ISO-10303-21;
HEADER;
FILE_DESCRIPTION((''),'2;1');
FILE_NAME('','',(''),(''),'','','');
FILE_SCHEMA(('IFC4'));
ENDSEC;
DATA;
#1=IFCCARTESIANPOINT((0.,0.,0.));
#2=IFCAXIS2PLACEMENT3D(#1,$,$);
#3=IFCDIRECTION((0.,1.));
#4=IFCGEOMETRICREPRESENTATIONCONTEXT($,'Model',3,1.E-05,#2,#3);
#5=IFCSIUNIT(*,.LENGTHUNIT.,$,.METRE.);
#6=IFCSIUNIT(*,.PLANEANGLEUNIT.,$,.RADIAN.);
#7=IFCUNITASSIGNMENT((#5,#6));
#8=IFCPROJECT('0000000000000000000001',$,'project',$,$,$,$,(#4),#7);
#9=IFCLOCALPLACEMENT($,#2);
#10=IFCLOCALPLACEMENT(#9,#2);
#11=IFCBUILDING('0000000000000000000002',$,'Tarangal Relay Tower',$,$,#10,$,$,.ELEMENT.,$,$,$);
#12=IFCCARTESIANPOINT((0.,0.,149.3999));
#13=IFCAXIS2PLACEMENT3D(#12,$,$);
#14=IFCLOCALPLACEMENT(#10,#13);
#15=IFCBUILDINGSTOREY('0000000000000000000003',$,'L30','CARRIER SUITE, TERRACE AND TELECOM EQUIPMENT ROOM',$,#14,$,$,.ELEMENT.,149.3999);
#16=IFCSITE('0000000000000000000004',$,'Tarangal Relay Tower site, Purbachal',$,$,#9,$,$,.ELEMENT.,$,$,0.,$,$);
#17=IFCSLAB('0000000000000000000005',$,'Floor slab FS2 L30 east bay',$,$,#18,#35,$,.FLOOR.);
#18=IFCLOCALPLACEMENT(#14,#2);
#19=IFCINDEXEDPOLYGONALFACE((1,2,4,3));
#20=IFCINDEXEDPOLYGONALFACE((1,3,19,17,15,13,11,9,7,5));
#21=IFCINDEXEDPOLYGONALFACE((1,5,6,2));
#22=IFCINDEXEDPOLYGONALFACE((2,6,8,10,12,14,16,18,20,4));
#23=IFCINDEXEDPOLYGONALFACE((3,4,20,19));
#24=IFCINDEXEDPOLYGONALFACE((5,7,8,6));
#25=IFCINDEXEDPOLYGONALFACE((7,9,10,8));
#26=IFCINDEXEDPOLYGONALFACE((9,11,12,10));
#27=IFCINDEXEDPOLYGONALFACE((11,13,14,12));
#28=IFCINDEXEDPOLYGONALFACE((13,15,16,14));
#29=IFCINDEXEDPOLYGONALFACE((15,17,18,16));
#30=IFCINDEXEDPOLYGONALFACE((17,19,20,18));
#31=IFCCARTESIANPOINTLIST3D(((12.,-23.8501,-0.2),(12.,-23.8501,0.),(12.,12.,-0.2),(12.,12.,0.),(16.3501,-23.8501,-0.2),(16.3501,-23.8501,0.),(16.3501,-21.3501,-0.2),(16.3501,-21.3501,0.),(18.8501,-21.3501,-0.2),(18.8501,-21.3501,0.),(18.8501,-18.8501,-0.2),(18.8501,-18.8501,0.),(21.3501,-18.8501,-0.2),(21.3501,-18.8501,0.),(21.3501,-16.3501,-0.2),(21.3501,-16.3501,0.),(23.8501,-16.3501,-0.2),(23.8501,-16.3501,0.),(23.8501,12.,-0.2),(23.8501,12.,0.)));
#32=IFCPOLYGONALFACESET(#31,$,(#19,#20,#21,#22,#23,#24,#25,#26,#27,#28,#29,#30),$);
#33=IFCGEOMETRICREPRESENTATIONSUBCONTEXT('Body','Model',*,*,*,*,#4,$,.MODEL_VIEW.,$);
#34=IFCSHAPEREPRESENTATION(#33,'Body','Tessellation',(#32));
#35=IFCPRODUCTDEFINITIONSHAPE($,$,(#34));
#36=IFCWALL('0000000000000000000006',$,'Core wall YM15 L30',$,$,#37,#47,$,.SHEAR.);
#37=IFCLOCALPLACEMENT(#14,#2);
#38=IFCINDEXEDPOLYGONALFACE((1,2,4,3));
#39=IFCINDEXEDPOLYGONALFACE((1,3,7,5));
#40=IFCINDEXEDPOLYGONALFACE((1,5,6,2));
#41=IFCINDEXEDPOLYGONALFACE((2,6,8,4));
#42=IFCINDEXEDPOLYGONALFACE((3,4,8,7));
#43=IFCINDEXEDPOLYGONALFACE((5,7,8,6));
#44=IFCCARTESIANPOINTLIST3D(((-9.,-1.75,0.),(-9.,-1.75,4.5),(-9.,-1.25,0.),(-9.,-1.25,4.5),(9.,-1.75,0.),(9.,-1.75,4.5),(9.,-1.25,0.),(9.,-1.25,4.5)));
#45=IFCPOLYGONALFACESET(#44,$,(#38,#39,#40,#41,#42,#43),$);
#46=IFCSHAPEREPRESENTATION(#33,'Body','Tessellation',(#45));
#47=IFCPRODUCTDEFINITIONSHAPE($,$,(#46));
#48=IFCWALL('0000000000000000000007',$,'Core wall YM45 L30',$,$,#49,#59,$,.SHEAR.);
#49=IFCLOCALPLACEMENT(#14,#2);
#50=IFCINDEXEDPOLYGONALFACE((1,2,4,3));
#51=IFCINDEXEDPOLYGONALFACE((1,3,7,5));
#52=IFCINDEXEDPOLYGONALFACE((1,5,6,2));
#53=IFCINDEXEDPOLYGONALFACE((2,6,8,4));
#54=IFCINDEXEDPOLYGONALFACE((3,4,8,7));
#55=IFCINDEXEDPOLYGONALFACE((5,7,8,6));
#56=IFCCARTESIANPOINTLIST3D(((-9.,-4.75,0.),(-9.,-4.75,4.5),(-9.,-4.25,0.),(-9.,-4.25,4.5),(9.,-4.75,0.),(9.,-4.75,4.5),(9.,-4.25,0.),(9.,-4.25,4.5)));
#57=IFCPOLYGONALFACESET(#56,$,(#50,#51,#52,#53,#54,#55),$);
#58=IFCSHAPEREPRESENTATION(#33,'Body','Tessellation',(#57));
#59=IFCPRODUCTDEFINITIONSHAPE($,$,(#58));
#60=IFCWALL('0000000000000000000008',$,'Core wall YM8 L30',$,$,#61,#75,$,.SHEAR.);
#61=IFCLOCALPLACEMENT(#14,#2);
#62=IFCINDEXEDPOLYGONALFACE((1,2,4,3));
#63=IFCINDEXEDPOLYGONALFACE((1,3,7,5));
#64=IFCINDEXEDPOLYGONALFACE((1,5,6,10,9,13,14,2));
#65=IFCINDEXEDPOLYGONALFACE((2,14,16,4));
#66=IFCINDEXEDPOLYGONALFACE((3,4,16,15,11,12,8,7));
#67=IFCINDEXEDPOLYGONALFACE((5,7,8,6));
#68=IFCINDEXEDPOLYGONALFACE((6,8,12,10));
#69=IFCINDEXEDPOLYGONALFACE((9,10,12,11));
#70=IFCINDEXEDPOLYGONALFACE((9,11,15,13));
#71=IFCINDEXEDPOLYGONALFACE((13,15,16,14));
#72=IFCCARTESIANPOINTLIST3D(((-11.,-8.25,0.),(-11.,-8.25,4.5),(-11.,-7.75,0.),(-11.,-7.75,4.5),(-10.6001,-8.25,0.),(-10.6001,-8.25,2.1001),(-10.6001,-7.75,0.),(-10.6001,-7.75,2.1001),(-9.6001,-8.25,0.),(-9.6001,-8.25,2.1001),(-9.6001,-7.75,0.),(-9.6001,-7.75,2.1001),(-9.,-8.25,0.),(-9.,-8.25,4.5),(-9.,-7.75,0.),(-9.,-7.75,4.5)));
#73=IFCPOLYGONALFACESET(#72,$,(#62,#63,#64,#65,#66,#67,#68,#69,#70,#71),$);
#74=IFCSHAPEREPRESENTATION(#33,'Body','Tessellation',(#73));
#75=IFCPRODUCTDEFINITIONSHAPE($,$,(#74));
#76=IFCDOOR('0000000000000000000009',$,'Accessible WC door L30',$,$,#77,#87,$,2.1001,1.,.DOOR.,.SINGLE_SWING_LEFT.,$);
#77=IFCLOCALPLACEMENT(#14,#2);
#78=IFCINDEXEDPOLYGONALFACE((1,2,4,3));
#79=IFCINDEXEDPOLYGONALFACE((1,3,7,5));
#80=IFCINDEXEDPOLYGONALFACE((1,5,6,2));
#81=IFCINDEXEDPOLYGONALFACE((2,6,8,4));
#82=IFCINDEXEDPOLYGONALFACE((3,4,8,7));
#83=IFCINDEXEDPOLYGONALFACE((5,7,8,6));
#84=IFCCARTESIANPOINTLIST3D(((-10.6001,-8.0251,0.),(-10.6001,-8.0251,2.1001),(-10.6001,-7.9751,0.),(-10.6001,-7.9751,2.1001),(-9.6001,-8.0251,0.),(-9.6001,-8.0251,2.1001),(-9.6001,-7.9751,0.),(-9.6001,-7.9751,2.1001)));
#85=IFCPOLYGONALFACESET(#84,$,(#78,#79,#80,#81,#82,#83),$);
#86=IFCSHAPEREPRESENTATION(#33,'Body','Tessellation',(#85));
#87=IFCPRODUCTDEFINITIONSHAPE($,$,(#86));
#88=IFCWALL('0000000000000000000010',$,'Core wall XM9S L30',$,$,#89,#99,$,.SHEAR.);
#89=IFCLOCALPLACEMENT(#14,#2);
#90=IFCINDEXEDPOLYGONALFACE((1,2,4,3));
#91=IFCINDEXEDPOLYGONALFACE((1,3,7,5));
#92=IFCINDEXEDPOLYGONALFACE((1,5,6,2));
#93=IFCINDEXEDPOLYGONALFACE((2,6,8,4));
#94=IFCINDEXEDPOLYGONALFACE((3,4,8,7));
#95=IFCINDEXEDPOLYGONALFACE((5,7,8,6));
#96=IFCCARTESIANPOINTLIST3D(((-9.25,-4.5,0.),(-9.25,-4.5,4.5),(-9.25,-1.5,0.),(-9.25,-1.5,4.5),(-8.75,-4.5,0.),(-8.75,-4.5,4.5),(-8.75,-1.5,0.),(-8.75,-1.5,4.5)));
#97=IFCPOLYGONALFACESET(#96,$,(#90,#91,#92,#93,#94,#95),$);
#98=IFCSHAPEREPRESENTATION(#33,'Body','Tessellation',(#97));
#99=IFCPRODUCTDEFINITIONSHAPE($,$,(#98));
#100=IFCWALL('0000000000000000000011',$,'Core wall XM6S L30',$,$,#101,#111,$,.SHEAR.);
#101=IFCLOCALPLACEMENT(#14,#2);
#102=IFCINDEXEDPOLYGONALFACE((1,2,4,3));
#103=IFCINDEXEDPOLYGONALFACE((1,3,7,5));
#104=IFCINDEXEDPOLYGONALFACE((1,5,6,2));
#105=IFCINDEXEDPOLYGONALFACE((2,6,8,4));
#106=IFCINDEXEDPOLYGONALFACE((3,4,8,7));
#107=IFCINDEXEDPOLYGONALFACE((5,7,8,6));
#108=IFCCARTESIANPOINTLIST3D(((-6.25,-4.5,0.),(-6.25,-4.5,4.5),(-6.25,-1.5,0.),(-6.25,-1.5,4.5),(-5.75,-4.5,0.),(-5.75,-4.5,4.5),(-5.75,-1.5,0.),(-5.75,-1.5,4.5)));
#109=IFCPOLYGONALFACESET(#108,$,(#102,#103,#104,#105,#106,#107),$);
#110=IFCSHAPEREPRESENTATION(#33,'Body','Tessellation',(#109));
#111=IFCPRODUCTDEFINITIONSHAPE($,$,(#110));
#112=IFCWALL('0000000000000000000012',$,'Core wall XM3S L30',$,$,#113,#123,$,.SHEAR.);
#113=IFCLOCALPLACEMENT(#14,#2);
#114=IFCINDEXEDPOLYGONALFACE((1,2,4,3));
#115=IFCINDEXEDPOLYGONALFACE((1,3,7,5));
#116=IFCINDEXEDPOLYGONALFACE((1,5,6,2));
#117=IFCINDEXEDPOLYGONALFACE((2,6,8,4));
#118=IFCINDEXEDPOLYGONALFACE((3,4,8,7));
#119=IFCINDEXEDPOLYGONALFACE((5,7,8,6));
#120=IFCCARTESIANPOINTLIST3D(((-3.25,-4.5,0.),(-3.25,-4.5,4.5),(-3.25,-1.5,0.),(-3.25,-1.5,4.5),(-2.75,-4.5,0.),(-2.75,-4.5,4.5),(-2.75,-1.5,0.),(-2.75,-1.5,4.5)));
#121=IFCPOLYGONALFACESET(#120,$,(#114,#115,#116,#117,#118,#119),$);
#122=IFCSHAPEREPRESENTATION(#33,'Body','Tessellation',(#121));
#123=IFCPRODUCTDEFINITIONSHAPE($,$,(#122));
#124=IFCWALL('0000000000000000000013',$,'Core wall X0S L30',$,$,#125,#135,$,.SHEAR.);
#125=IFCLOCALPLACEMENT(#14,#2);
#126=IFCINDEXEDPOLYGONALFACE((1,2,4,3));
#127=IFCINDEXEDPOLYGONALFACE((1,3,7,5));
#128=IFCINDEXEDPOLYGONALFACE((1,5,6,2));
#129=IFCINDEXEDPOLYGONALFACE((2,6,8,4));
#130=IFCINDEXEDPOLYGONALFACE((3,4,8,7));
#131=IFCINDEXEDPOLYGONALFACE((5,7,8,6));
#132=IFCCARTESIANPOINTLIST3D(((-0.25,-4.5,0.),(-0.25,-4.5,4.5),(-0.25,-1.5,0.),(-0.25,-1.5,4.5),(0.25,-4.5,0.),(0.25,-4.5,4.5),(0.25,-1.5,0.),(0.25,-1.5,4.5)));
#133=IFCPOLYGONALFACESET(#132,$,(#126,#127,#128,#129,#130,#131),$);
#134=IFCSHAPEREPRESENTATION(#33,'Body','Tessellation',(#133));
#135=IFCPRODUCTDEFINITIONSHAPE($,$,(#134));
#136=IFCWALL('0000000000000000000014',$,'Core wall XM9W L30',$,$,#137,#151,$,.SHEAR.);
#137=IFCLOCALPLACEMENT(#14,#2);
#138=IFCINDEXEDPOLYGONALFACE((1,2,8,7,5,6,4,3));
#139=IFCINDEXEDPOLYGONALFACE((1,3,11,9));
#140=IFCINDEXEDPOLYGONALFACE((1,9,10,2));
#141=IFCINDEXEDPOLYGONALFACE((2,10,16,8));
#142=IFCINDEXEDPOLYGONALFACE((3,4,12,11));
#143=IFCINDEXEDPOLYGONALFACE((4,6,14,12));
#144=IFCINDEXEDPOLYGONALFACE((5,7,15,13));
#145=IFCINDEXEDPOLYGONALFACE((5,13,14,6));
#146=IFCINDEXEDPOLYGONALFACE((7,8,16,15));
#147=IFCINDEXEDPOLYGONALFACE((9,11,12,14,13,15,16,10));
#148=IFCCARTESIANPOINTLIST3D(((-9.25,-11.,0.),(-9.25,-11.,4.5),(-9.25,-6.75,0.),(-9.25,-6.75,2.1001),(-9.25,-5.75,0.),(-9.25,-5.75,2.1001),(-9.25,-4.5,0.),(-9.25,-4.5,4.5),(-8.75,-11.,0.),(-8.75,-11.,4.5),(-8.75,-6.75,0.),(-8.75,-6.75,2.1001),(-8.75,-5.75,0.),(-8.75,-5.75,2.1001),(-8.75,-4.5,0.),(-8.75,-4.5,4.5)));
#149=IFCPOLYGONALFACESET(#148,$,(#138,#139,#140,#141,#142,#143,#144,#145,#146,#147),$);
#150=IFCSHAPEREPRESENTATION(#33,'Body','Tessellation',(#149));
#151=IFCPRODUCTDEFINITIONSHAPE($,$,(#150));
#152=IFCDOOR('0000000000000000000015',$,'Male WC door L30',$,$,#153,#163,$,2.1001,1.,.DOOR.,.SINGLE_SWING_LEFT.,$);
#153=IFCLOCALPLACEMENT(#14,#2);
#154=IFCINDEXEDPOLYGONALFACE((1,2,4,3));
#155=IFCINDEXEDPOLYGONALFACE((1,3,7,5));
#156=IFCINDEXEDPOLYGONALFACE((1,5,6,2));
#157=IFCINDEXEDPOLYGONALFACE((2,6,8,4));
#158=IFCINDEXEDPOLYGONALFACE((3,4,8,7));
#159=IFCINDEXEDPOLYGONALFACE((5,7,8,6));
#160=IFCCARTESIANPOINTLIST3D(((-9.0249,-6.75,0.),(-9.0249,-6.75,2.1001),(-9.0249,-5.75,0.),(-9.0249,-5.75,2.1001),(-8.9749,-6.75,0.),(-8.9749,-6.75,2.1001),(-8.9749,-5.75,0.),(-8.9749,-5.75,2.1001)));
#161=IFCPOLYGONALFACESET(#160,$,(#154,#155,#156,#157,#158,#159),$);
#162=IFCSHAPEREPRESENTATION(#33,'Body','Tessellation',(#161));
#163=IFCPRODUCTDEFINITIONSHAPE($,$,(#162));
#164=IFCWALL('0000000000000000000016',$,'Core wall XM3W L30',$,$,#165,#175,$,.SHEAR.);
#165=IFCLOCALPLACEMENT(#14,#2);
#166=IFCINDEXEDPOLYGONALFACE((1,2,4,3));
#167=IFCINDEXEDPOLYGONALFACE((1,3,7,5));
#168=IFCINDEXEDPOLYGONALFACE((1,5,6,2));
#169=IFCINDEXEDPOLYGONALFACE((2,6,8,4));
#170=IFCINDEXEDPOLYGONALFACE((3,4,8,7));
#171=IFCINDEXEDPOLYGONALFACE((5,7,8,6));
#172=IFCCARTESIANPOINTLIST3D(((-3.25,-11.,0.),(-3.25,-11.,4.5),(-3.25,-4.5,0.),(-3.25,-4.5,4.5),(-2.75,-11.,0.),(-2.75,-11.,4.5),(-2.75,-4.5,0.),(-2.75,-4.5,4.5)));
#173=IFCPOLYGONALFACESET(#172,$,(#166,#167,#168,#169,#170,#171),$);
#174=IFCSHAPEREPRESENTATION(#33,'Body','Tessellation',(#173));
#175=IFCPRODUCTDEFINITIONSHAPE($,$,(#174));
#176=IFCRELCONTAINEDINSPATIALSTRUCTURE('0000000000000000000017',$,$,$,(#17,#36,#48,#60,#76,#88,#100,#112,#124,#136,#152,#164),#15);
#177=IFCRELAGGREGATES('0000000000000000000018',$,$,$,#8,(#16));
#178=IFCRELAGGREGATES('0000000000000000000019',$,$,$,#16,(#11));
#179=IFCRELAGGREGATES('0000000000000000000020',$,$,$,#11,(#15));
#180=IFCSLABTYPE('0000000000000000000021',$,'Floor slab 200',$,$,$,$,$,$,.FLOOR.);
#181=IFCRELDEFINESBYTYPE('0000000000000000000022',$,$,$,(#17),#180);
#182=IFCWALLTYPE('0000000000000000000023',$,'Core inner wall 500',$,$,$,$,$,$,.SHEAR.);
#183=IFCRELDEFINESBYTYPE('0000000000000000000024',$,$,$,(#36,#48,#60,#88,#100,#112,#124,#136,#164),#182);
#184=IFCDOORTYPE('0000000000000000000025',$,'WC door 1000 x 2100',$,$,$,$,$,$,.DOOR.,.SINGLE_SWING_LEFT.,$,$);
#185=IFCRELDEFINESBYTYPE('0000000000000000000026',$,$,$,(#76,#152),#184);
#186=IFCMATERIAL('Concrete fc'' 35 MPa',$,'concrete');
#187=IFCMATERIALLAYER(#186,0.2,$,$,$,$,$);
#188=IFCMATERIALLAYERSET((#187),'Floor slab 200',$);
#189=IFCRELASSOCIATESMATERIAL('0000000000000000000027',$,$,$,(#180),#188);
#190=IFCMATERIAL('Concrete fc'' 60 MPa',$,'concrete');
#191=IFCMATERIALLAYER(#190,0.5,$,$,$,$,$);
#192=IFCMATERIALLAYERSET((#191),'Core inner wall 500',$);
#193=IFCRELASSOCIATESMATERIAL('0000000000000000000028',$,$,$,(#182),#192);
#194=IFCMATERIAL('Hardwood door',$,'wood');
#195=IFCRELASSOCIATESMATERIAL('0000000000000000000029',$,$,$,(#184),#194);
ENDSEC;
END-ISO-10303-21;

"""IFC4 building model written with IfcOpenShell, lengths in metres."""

from ifc_helpers import new_model, si_unit, direction, frame, frame_2d, origin, place, context, subcontext, project, spatial, polyline, rectangle, outline, extrude, material, layer, layer_set, type_object, element, fill, save


model = new_model("IFC4")

# Units and contexts
model_context = context("Model", 3, precision=1e-05, world=origin(), true_north=direction((0.0, 1.0)))
body_context = subcontext(model_context, "Body", "Model", "MODEL_VIEW")
ifc_project = project(units=[si_unit("LENGTHUNIT", "METRE"), si_unit("PLANEANGLEUNIT", "RADIAN")], contexts=[model_context])

# Site, building, storey
site_placement = place(None, origin())
site = spatial("IfcSite", under=ifc_project, at=site_placement, Name="Tarangal Relay Tower site, Purbachal", CompositionType="ELEMENT", RefElevation=0.0)
building_placement = place(site_placement, origin())
building = spatial("IfcBuilding", under=site, at=building_placement, Name="Tarangal Relay Tower", CompositionType="ELEMENT")
storey_placement = place(building_placement, frame((0.0, 0.0, 149.3999)))
storey = spatial("IfcBuildingStorey", under=building, at=storey_placement, Name="L30", Description="CARRIER SUITE, TERRACE AND TELECOM EQUIPMENT ROOM", CompositionType="ELEMENT", Elevation=149.3999)

# Slab
ifc_material_1 = material(Name="Concrete fc' 35 MPa", Category="concrete")
ifc_layer_1 = layer(ifc_material_1, 0.2)
ifc_layer_set_1 = layer_set([ifc_layer_1], Name="Floor slab 200")
slab_type = type_object("IfcSlabType", Name="Floor slab 200", PredefinedType="FLOOR", material=ifc_layer_set_1)
slab_1_placement = place(storey_placement, frame((0.0, 0.0, -0.2)))
element("IfcSlab", 1, at=slab_1_placement, inside=storey, type_object=slab_type, Name="Floor slab FS2 L30 east bay", PredefinedType="FLOOR", context=body_context, shape_type="SweptSolid", body=[
    extrude(outline(polyline([(23.8501, -16.3501), (21.3501, -16.3501), (21.3501, -18.8501), (18.8501, -18.8501), (18.8501, -21.3501), (16.3501, -21.3501), (16.3501, -23.8501), (12.0, -23.8501), (12.0, 12.0), (23.8501, 12.0), (23.8501, -16.3501)])), origin(), (0.0, 0.0, 1.0), 0.2),
])

# Walls
ifc_material_2 = material(Name="Concrete fc' 60 MPa", Category="concrete")
ifc_layer_2 = layer(ifc_material_2, 0.5)
ifc_layer_set_2 = layer_set([ifc_layer_2], Name="Core inner wall 500")
wall_type_1 = type_object("IfcWallType", Name="Core inner wall 500", PredefinedType="SHEAR", material=ifc_layer_set_2)
for number, where, z_axis, x_axis, name in (
    (2, (-9.0, -1.5, 0.0), (0.0, 0.0, 1.0), (1.0, 0.0, 0.0), "Core wall YM15 L30"),
    (3, (-9.0, -4.5, 0.0), (0.0, 0.0, 1.0), (1.0, 0.0, 0.0), "Core wall YM45 L30"),
):
    element("IfcWall", number, at=place(storey_placement, frame(where, z_axis=z_axis, x_axis=x_axis)), inside=storey, type_object=wall_type_1, Name=name, PredefinedType="SHEAR", context=body_context, shape_type="SweptSolid", body=[
        extrude(rectangle(XDim=18.0, YDim=0.5, at=frame_2d((9.0, 0.0))), origin(), (0.0, 0.0, 1.0), 4.5),
    ])

# Wall, opening, door
wall_1_placement = place(storey_placement, frame((-11.0, -8.0, 0.0), z_axis=(0.0, 0.0, 1.0), x_axis=(1.0, 0.0, 0.0)))
wall_1 = element("IfcWall", 4, at=wall_1_placement, inside=storey, type_object=wall_type_1, Name="Core wall YM8 L30", PredefinedType="SHEAR", context=body_context, shape_type="SweptSolid", body=[
    extrude(rectangle(XDim=2.0, YDim=0.5, at=frame_2d((1.0, 0.0))), origin(), (0.0, 0.0, 1.0), 4.5),
])
opening_1_placement = place(wall_1_placement, frame((0.3999, 0.0, 0.0)))
opening_1 = element("IfcOpeningElement", 5, at=opening_1_placement, cuts=wall_1, PredefinedType="OPENING", context=body_context, shape_type="SweptSolid", body=[
    extrude(rectangle(XDim=1.0, YDim=2.1001, at=frame_2d((0.5, 1.05))), frame((0.0, 0.26, 0.0), z_axis=(0.0, -1.0, 0.0), x_axis=(1.0, 0.0, 0.0)), (0.0, 0.0, 1.0), 0.52),
])
ifc_material_3 = material(Name="Hardwood door", Category="wood")
door_type_1 = type_object("IfcDoorType", Name="WC door 1000 x 2100", OperationType="SINGLE_SWING_LEFT", PredefinedType="DOOR", material=ifc_material_3)
door_1_placement = place(opening_1_placement, origin())
door_1 = element("IfcDoor", 6, at=door_1_placement, inside=storey, type_object=door_type_1, Name="Accessible WC door L30", OperationType="SINGLE_SWING_LEFT", OverallHeight=2.1001, OverallWidth=1.0, PredefinedType="DOOR", context=body_context, shape_type="SweptSolid", body=[
    extrude(rectangle(XDim=1.0, YDim=2.1001, at=frame_2d((0.5, 1.05))), frame((0.0, 0.0249, 0.0), z_axis=(0.0, -1.0, 0.0), x_axis=(1.0, 0.0, 0.0)), (0.0, 0.0, 1.0), 0.05),
])
fill(opening_1, door_1)

# Walls
for number, where, z_axis, x_axis, name in (
    (7, (-9.0, -4.5, 0.0), (0.0, 0.0, 1.0), (0.0, 1.0, 0.0), "Core wall XM9S L30"),
    (8, (-6.0, -4.5, 0.0), (0.0, 0.0, 1.0), (0.0, 1.0, 0.0), "Core wall XM6S L30"),
    (9, (-3.0, -4.5, 0.0), (0.0, 0.0, 1.0), (0.0, 1.0, 0.0), "Core wall XM3S L30"),
    (10, (0.0, -4.5, 0.0), (0.0, 0.0, 1.0), (0.0, 1.0, 0.0), "Core wall X0S L30"),
):
    element("IfcWall", number, at=place(storey_placement, frame(where, z_axis=z_axis, x_axis=x_axis)), inside=storey, type_object=wall_type_1, Name=name, PredefinedType="SHEAR", context=body_context, shape_type="SweptSolid", body=[
        extrude(rectangle(XDim=3.0, YDim=0.5, at=frame_2d((1.5, 0.0))), origin(), (0.0, 0.0, 1.0), 4.5),
    ])

# Wall, opening, door
wall_2_placement = place(storey_placement, frame((-9.0, -11.0, 0.0), z_axis=(0.0, 0.0, 1.0), x_axis=(0.0, 1.0, 0.0)))
wall_2 = element("IfcWall", 11, at=wall_2_placement, inside=storey, type_object=wall_type_1, Name="Core wall XM9W L30", PredefinedType="SHEAR", context=body_context, shape_type="SweptSolid", body=[
    extrude(rectangle(XDim=6.5, YDim=0.5, at=frame_2d((3.25, 0.0))), origin(), (0.0, 0.0, 1.0), 4.5),
])
opening_2_placement = place(wall_2_placement, frame((4.25, 0.0, 0.0)))
opening_2 = element("IfcOpeningElement", 12, at=opening_2_placement, cuts=wall_2, PredefinedType="OPENING", context=body_context, shape_type="SweptSolid", body=[
    extrude(rectangle(XDim=1.0, YDim=2.1001, at=frame_2d((0.5, 1.05))), frame((0.0, 0.26, 0.0), z_axis=(0.0, -1.0, 0.0), x_axis=(1.0, 0.0, 0.0)), (0.0, 0.0, 1.0), 0.52),
])
door_2_placement = place(opening_2_placement, origin())
door_2 = element("IfcDoor", 13, at=door_2_placement, inside=storey, type_object=door_type_1, Name="Male WC door L30", OperationType="SINGLE_SWING_LEFT", OverallHeight=2.1001, OverallWidth=1.0, PredefinedType="DOOR", context=body_context, shape_type="SweptSolid", body=[
    extrude(rectangle(XDim=1.0, YDim=2.1001, at=frame_2d((0.5, 1.05))), frame((0.0, 0.0249, 0.0), z_axis=(0.0, -1.0, 0.0), x_axis=(1.0, 0.0, 0.0)), (0.0, 0.0, 1.0), 0.05),
])
fill(opening_2, door_2)

# Wall
wall_3_placement = place(storey_placement, frame((-3.0, -11.0, 0.0), z_axis=(0.0, 0.0, 1.0), x_axis=(0.0, 1.0, 0.0)))
element("IfcWall", 14, at=wall_3_placement, inside=storey, type_object=wall_type_1, Name="Core wall XM3W L30", PredefinedType="SHEAR", context=body_context, shape_type="SweptSolid", body=[
    extrude(rectangle(XDim=6.5, YDim=0.5, at=frame_2d((3.25, 0.0))), origin(), (0.0, 0.0, 1.0), 4.5),
])

save(model, "model.ifc")
